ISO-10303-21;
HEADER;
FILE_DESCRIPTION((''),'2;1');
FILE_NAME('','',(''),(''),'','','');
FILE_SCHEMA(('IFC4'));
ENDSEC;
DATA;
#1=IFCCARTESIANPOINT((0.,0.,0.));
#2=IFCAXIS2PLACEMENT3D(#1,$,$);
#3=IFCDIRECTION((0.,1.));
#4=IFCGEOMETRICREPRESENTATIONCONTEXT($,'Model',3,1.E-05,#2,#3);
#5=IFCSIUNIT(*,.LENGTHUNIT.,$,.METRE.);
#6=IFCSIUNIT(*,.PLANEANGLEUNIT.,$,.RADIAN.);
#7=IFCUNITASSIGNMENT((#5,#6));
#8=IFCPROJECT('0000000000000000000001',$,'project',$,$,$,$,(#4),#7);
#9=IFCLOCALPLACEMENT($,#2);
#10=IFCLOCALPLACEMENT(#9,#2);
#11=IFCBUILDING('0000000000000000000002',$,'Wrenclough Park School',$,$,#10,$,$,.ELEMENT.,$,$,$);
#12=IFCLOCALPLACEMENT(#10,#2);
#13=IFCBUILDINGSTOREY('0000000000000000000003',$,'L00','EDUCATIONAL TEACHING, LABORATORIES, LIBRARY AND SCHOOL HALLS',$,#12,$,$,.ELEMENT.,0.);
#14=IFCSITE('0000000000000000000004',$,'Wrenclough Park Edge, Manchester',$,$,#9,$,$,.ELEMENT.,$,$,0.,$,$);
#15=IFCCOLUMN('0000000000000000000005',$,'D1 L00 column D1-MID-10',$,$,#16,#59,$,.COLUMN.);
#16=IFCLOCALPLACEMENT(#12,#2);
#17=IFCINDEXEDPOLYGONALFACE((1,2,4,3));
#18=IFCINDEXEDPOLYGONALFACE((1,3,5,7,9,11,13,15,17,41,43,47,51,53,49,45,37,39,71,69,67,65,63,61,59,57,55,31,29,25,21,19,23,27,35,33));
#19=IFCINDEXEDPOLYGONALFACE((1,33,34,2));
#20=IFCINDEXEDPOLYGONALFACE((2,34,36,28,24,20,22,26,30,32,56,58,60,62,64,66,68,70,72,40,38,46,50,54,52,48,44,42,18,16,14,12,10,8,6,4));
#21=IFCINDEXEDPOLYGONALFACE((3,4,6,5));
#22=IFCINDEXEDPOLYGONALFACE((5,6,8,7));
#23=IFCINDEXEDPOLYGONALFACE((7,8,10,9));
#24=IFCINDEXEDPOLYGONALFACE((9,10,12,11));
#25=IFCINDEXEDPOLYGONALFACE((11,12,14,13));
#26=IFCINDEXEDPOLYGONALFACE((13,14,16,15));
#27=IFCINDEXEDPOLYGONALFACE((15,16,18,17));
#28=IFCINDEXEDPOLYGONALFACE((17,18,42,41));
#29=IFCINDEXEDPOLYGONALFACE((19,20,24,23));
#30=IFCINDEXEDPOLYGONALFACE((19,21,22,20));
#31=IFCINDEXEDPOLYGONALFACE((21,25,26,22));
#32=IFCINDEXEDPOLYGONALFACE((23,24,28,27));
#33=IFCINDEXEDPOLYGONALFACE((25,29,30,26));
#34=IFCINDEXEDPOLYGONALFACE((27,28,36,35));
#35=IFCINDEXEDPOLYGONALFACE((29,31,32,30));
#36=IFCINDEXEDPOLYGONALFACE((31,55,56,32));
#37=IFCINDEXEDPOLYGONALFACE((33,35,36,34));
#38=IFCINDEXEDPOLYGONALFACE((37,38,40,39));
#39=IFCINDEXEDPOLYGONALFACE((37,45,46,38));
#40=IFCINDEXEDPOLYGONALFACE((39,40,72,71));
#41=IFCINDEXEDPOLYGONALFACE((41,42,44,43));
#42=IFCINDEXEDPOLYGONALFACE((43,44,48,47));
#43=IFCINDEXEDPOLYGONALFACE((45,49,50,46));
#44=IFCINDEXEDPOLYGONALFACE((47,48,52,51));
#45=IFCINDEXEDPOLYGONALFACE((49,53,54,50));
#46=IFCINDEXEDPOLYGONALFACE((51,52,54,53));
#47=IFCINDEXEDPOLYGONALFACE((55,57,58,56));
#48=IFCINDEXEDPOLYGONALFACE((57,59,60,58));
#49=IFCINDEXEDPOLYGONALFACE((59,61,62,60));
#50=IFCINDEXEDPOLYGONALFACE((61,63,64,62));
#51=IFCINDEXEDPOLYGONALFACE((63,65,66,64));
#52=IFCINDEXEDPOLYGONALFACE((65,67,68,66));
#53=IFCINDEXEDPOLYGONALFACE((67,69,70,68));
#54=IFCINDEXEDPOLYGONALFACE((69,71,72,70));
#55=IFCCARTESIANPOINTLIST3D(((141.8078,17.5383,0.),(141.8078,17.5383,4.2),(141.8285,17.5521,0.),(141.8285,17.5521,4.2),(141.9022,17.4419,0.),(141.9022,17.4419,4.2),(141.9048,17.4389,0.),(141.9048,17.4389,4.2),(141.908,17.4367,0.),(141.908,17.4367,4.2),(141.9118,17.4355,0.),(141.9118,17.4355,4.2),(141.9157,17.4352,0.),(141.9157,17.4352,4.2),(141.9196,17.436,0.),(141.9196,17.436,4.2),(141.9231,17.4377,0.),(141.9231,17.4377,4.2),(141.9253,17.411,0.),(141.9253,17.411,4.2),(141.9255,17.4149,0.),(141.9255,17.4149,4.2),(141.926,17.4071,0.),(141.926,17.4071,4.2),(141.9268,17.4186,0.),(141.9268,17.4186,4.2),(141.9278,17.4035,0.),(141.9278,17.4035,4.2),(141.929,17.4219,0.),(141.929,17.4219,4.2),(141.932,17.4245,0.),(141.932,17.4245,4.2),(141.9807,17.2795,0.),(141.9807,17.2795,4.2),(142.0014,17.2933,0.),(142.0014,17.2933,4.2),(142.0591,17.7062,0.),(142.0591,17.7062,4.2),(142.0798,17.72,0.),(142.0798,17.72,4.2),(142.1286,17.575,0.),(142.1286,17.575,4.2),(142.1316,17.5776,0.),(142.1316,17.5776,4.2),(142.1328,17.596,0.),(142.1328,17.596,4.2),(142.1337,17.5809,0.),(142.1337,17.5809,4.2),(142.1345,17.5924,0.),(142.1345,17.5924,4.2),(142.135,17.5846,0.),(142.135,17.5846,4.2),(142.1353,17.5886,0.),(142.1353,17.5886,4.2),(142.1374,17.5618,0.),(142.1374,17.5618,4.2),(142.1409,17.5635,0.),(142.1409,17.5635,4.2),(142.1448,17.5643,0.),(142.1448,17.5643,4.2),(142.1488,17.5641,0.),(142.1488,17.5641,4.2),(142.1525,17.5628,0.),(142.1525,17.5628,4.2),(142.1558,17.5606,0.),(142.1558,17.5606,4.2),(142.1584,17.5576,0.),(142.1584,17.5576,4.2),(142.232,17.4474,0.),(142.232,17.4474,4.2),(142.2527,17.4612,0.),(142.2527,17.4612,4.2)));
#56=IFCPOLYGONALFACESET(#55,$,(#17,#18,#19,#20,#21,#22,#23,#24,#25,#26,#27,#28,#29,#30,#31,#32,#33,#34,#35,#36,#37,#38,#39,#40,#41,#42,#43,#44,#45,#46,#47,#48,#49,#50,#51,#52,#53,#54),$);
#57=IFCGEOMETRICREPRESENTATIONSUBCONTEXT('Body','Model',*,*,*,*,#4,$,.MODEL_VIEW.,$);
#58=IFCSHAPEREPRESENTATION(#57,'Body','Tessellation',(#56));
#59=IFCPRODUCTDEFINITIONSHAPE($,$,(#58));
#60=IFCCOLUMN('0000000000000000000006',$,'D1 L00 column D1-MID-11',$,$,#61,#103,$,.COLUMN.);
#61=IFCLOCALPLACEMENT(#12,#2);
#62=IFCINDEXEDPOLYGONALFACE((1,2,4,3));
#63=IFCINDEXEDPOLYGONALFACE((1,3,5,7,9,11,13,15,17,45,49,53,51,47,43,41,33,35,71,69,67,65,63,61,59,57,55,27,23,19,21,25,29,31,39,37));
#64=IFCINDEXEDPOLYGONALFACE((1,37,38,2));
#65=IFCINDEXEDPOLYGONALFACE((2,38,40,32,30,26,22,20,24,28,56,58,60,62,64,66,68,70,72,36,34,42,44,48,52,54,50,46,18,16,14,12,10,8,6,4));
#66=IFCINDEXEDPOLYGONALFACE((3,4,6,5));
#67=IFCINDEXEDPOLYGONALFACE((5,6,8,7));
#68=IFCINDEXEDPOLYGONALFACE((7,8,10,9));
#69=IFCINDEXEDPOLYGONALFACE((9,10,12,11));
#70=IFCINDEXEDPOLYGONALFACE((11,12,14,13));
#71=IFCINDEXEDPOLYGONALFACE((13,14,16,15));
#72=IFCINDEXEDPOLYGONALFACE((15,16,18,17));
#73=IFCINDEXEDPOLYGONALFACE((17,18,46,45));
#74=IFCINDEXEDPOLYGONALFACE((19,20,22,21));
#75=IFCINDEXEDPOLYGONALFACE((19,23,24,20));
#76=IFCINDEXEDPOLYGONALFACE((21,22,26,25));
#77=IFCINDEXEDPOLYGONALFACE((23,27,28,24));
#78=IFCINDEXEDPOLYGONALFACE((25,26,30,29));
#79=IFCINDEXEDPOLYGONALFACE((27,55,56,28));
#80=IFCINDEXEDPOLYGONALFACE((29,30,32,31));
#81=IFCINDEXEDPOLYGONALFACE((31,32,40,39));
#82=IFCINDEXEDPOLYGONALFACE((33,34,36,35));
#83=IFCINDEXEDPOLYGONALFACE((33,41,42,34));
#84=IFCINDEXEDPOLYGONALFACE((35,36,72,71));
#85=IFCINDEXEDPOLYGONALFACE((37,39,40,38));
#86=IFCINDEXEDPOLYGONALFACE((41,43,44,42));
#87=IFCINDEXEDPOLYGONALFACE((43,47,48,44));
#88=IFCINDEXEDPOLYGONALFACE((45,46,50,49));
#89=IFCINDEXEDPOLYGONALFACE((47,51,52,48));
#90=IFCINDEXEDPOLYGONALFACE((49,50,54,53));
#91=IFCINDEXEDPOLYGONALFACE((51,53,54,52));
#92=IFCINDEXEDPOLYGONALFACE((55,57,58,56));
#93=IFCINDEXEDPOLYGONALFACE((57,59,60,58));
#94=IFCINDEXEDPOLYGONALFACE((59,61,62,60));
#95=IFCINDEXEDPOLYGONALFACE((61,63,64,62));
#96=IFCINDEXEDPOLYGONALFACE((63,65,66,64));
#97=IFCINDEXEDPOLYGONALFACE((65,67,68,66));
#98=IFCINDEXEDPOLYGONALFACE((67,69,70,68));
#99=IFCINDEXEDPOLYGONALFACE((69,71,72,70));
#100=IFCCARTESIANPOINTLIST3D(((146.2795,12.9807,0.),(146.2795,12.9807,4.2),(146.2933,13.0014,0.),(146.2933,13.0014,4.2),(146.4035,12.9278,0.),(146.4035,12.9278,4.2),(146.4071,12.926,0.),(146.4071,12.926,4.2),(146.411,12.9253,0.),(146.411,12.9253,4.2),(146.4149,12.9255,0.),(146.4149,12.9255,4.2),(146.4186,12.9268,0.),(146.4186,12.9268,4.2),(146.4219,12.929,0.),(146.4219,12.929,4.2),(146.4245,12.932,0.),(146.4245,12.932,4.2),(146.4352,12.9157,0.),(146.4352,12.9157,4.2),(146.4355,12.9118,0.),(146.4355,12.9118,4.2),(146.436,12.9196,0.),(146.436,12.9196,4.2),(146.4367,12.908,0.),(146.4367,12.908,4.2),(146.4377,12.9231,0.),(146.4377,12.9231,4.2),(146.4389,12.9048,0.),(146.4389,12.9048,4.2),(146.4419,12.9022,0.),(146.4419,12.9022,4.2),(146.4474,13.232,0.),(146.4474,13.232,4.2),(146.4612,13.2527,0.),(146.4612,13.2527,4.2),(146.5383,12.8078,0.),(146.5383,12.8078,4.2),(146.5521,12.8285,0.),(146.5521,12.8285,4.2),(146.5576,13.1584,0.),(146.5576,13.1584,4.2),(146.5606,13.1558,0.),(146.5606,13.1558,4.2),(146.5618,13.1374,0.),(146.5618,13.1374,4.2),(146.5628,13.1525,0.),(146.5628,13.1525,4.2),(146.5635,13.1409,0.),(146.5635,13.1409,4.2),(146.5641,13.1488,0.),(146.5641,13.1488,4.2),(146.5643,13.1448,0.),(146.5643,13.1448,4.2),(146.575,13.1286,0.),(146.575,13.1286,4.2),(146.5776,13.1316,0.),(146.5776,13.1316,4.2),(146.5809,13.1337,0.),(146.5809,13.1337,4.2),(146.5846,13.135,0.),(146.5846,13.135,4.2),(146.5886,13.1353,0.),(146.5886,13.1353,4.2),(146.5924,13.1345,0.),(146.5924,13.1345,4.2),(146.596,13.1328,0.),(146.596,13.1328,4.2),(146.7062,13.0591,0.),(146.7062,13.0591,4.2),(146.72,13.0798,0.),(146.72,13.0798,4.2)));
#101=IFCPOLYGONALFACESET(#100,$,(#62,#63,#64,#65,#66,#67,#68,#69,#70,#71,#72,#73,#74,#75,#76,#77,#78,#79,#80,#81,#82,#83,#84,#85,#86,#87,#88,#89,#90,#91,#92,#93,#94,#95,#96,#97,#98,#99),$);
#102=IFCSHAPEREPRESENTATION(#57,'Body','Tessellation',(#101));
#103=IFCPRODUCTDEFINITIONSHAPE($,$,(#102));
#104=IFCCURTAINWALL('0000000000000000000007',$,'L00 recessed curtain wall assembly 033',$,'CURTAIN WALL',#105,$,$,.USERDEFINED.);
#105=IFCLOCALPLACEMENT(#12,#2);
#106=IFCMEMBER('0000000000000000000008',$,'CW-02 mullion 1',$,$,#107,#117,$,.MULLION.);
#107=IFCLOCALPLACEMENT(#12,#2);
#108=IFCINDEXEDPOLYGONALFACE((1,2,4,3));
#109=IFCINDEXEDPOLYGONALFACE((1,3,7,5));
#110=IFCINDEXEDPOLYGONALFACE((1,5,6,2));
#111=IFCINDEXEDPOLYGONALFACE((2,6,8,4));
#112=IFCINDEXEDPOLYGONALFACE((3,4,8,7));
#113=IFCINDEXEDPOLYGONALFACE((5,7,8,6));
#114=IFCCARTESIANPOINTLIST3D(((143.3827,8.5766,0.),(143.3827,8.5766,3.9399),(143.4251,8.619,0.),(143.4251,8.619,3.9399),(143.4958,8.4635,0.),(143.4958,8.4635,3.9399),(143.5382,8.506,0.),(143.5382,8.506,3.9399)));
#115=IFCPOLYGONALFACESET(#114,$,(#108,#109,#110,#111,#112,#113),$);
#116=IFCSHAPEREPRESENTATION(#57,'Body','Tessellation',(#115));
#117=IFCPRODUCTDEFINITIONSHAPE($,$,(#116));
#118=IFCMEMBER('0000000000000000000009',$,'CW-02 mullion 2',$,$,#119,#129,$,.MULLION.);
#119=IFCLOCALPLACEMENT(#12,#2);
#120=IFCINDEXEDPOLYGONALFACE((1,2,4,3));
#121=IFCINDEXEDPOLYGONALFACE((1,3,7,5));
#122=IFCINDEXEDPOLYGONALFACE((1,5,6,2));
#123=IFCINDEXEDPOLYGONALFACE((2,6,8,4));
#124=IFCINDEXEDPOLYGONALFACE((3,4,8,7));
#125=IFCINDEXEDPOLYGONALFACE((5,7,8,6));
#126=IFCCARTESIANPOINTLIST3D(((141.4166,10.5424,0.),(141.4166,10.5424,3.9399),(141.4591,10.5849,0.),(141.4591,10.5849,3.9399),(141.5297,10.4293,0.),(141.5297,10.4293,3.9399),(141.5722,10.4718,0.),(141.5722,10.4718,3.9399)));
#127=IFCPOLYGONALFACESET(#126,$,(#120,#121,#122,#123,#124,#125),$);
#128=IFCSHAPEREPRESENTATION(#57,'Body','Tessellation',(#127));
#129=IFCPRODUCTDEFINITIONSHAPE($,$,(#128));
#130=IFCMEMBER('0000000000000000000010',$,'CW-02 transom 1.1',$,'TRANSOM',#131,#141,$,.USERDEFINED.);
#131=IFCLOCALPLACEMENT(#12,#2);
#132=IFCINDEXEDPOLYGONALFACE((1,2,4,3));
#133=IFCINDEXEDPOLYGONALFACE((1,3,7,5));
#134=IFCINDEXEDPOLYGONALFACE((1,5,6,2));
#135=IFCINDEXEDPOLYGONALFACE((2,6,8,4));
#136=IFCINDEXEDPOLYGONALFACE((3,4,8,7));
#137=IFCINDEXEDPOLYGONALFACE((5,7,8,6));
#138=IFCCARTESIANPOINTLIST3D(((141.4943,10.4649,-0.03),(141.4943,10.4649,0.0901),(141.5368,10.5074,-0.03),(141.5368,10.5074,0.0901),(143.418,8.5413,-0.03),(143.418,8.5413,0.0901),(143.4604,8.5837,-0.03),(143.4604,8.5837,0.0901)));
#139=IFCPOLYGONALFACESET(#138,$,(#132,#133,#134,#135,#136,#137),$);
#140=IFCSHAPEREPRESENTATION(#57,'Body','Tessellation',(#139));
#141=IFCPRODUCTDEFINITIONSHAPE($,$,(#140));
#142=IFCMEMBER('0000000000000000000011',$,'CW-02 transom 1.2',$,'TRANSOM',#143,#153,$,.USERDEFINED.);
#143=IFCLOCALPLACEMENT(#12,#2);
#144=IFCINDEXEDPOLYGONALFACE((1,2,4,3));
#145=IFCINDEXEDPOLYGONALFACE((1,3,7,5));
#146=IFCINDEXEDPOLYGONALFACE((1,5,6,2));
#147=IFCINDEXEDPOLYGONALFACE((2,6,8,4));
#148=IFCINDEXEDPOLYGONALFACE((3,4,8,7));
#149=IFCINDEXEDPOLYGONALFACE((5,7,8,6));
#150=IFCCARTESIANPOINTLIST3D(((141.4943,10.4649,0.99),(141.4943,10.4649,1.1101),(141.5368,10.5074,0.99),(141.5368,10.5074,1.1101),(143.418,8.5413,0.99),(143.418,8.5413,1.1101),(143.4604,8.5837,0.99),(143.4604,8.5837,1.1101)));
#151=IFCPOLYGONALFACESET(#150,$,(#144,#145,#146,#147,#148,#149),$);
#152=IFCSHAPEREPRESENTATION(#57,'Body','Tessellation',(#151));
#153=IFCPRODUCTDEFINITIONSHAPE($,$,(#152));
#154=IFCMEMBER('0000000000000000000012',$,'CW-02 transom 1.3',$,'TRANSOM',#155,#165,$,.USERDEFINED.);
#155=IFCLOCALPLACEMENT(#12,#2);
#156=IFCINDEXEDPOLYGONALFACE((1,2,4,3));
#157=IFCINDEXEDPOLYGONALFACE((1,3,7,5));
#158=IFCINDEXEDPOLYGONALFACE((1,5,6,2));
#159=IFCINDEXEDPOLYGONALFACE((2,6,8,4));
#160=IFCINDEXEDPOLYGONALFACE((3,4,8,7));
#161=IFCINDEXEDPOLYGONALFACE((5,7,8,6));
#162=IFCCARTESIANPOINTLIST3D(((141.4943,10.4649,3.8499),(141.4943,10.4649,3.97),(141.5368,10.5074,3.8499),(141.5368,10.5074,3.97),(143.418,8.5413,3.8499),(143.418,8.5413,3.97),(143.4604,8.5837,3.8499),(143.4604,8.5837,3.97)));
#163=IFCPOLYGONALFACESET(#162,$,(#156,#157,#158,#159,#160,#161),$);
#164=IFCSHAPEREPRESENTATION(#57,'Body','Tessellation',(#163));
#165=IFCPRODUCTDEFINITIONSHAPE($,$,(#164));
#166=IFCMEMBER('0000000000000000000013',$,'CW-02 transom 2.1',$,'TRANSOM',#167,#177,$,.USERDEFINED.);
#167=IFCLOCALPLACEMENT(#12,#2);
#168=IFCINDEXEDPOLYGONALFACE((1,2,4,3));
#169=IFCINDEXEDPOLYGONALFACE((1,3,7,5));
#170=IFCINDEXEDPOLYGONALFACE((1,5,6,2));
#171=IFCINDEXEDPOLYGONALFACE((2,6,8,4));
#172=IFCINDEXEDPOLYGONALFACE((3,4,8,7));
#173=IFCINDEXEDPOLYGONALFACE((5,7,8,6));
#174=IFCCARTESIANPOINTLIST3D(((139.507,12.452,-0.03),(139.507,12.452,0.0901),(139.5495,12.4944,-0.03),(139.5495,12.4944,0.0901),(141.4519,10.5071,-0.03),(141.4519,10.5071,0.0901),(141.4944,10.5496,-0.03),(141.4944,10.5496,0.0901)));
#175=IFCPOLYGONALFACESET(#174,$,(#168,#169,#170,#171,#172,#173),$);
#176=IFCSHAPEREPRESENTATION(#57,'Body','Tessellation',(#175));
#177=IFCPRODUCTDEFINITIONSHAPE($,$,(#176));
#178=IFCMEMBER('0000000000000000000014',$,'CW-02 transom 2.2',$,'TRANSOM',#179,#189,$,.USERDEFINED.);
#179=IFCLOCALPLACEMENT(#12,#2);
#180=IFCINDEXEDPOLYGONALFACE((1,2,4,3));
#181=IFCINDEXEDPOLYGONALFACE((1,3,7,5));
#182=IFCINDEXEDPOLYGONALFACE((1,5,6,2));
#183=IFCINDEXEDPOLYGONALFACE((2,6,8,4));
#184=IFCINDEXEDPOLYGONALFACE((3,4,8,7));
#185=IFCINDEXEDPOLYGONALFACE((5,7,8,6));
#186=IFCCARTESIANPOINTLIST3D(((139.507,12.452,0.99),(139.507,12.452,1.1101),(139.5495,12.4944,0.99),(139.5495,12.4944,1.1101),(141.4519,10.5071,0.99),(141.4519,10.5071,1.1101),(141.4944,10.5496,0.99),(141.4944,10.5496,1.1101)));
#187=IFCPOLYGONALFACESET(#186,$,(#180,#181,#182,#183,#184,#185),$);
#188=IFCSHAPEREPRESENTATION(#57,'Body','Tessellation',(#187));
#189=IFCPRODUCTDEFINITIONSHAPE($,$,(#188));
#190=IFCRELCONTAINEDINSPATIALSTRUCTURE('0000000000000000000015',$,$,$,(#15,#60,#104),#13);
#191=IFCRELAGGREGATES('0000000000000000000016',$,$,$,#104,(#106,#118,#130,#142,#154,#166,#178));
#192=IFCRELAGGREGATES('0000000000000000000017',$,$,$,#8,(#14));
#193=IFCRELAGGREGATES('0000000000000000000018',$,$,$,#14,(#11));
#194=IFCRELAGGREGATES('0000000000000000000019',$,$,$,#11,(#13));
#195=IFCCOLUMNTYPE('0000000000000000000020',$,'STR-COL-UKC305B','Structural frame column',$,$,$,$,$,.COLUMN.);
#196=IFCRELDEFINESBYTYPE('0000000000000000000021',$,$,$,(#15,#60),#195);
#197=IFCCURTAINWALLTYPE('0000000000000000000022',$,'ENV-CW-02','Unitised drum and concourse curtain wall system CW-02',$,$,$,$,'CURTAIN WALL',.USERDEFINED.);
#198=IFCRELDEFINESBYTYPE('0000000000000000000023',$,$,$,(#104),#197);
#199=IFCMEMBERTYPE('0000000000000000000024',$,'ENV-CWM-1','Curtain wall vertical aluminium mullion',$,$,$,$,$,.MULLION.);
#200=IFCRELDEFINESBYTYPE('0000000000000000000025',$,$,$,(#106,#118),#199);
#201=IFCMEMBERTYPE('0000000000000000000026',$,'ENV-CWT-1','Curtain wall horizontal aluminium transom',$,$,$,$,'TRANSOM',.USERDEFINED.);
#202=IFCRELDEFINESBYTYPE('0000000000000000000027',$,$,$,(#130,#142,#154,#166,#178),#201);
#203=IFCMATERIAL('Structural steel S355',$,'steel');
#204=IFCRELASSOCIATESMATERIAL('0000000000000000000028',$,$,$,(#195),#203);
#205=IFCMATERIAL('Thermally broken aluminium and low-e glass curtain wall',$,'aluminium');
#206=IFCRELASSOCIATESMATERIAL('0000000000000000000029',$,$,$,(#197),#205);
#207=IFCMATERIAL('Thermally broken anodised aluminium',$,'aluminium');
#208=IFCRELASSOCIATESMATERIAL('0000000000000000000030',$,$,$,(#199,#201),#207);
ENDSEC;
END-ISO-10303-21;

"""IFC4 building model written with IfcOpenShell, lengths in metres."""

from ifc_helpers import new_model, si_unit, direction, frame, origin, origin_2d, place, context, subcontext, project, spatial, rectangle, i_section, extrude, material, material_profile, profile_set, type_object, element, aggregate, save


model = new_model("IFC4")

# Units and contexts
model_context = context("Model", 3, precision=1e-05, world=origin(), true_north=direction((0.0, 1.0)))
body_context = subcontext(model_context, "Body", "Model", "MODEL_VIEW")
ifc_project = project(units=[si_unit("LENGTHUNIT", "METRE"), si_unit("PLANEANGLEUNIT", "RADIAN")], contexts=[model_context])

# Site, building, storey
site_placement = place(None, origin())
site = spatial("IfcSite", under=ifc_project, at=site_placement, Name="Wrenclough Park Edge, Manchester", CompositionType="ELEMENT", RefElevation=0.0)
building_placement = place(site_placement, origin())
building = spatial("IfcBuilding", under=site, at=building_placement, Name="Wrenclough Park School", CompositionType="ELEMENT")
storey_placement = place(building_placement, origin())
storey = spatial("IfcBuildingStorey", under=building, at=storey_placement, Name="L00", Description="EDUCATIONAL TEACHING, LABORATORIES, LIBRARY AND SCHOOL HALLS", CompositionType="ELEMENT", Elevation=0.0)

# Columns
ifc_material_1 = material(Name="Structural steel S355", Category="steel")
ifc_material_profile_1 = material_profile(ifc_material_1, i_section(OverallWidth=0.3113, OverallDepth=0.3271, WebThickness=0.0159, FlangeThickness=0.0249, FilletRadius=0.0151, at=origin_2d()), Name="UKC 305x305x158")
ifc_profile_set_1 = profile_set([ifc_material_profile_1], Name="Structural steel S355")
column_type_1 = type_object("IfcColumnType", Name="STR-COL-UKC305B", Description="Structural frame column", PredefinedType="COLUMN", material=ifc_profile_set_1)
for number, where, z_axis, x_axis, name in (
    (1, (142.0303, 17.4998, 0.0), (0.0, 0.0, 1.0), (0.55557, -0.83147, 0.0), "D1 L00 column D1-MID-10"),
    (2, (146.4998, 13.0303, 0.0), (0.0, 0.0, 1.0), (0.83147, -0.55557, 0.0), "D1 L00 column D1-MID-11"),
):
    element("IfcColumn", number, at=place(storey_placement, frame(where, z_axis=z_axis, x_axis=x_axis)), inside=storey, type_object=column_type_1, Name=name, PredefinedType="COLUMN", context=body_context, shape_type="SweptSolid", body=[
        extrude(i_section(OverallWidth=0.3113, OverallDepth=0.3271, WebThickness=0.0159, FlangeThickness=0.0249, FilletRadius=0.0151, at=origin_2d()), origin(), (0.0, 0.0, 1.0), 4.2),
    ])

# Curtain wall, members
ifc_material_2 = material(Name="Thermally broken aluminium and low-e glass curtain wall", Category="aluminium")
curtain_wall_type = type_object("IfcCurtainWallType", Name="ENV-CW-02", Description="Unitised drum and concourse curtain wall system CW-02", ElementType="CURTAIN WALL", PredefinedType="USERDEFINED", material=ifc_material_2)
curtain_wall_placement = place(storey_placement, origin())
curtain_wall = element("IfcCurtainWall", 3, at=curtain_wall_placement, inside=storey, type_object=curtain_wall_type, Name="L00 recessed curtain wall assembly 033", ObjectType="CURTAIN WALL", PredefinedType="USERDEFINED")
ifc_material_3 = material(Name="Thermally broken anodised aluminium", Category="aluminium")
ifc_material_profile_2 = material_profile(ifc_material_3, rectangle(XDim=0.0601, YDim=0.1599, at=origin_2d()), Name="AL MULLION 60x160")
ifc_profile_set_2 = profile_set([ifc_material_profile_2], Name="Thermally broken anodised aluminium")
member_type_1 = type_object("IfcMemberType", Name="ENV-CWM-1", Description="Curtain wall vertical aluminium mullion", PredefinedType="MULLION", material=ifc_profile_set_2)
member_1_placement = place(storey_placement, frame((143.4604, 8.5413, 0.0), z_axis=(0.0, 0.0, 1.0), x_axis=(-0.707107, -0.707107, 0.0)))
member_1 = element("IfcMember", 4, at=member_1_placement, type_object=member_type_1, Name="CW-02 mullion 1", PredefinedType="MULLION", context=body_context, shape_type="SweptSolid", body=[
    extrude(rectangle(XDim=0.0601, YDim=0.1599, at=origin_2d()), origin(), (0.0, 0.0, 1.0), 3.9399),
])
member_2_placement = place(storey_placement, frame((141.4944, 10.5071, 0.0), z_axis=(0.0, 0.0, 1.0), x_axis=(-0.707107, -0.707107, 0.0)))
member_2 = element("IfcMember", 5, at=member_2_placement, type_object=member_type_1, Name="CW-02 mullion 2", PredefinedType="MULLION", context=body_context, shape_type="SweptSolid", body=[
    extrude(rectangle(XDim=0.0601, YDim=0.1599, at=origin_2d()), origin(), (0.0, 0.0, 1.0), 3.9399),
])
ifc_material_profile_3 = material_profile(ifc_material_3, rectangle(XDim=0.0601, YDim=0.1201, at=origin_2d()), Name="AL TRANSOM 60x120")
ifc_profile_set_3 = profile_set([ifc_material_profile_3], Name="Thermally broken anodised aluminium")
member_type_2 = type_object("IfcMemberType", Name="ENV-CWT-1", Description="Curtain wall horizontal aluminium transom", ElementType="TRANSOM", PredefinedType="USERDEFINED", material=ifc_profile_set_3)
member_3_placement = place(storey_placement, frame((143.4392, 8.5625, 0.03), z_axis=(-0.707107, 0.707107, 0.0), x_axis=(-0.707107, -0.707107, 0.0)))
member_3 = element("IfcMember", 6, at=member_3_placement, type_object=member_type_2, Name="CW-02 transom 1.1", ObjectType="TRANSOM", PredefinedType="USERDEFINED", context=body_context, shape_type="SweptSolid", body=[
    extrude(rectangle(XDim=0.0601, YDim=0.1201, at=origin_2d()), origin(), (0.0, 0.0, 1.0), 2.7205),
])
member_4_placement = place(storey_placement, frame((143.4392, 8.5625, 1.05), z_axis=(-0.707107, 0.707107, 0.0), x_axis=(-0.707107, -0.707107, 0.0)))
member_4 = element("IfcMember", 7, at=member_4_placement, type_object=member_type_2, Name="CW-02 transom 1.2", ObjectType="TRANSOM", PredefinedType="USERDEFINED", context=body_context, shape_type="SweptSolid", body=[
    extrude(rectangle(XDim=0.0601, YDim=0.1201, at=origin_2d()), origin(), (0.0, 0.0, 1.0), 2.7205),
])
member_5_placement = place(storey_placement, frame((143.4392, 8.5625, 3.9099), z_axis=(-0.707107, 0.707107, 0.0), x_axis=(-0.707107, -0.707107, 0.0)))
member_5 = element("IfcMember", 8, at=member_5_placement, type_object=member_type_2, Name="CW-02 transom 1.3", ObjectType="TRANSOM", PredefinedType="USERDEFINED", context=body_context, shape_type="SweptSolid", body=[
    extrude(rectangle(XDim=0.0601, YDim=0.1201, at=origin_2d()), origin(), (0.0, 0.0, 1.0), 2.7205),
])
member_6_placement = place(storey_placement, frame((141.4731, 10.5283, 0.03), z_axis=(-0.707107, 0.707107, 0.0), x_axis=(-0.707107, -0.707107, 0.0)))
member_6 = element("IfcMember", 9, at=member_6_placement, type_object=member_type_2, Name="CW-02 transom 2.1", ObjectType="TRANSOM", PredefinedType="USERDEFINED", context=body_context, shape_type="SweptSolid", body=[
    extrude(rectangle(XDim=0.0601, YDim=0.1201, at=origin_2d()), origin(), (0.0, 0.0, 1.0), 2.7505),
])
member_7_placement = place(storey_placement, frame((141.4731, 10.5283, 1.05), z_axis=(-0.707107, 0.707107, 0.0), x_axis=(-0.707107, -0.707107, 0.0)))
member_7 = element("IfcMember", 10, at=member_7_placement, type_object=member_type_2, Name="CW-02 transom 2.2", ObjectType="TRANSOM", PredefinedType="USERDEFINED", context=body_context, shape_type="SweptSolid", body=[
    extrude(rectangle(XDim=0.0601, YDim=0.1201, at=origin_2d()), origin(), (0.0, 0.0, 1.0), 2.7505),
])

aggregate(curtain_wall, [member_1, member_2, member_3, member_4, member_5, member_6, member_7])

save(model, "model.ifc")
